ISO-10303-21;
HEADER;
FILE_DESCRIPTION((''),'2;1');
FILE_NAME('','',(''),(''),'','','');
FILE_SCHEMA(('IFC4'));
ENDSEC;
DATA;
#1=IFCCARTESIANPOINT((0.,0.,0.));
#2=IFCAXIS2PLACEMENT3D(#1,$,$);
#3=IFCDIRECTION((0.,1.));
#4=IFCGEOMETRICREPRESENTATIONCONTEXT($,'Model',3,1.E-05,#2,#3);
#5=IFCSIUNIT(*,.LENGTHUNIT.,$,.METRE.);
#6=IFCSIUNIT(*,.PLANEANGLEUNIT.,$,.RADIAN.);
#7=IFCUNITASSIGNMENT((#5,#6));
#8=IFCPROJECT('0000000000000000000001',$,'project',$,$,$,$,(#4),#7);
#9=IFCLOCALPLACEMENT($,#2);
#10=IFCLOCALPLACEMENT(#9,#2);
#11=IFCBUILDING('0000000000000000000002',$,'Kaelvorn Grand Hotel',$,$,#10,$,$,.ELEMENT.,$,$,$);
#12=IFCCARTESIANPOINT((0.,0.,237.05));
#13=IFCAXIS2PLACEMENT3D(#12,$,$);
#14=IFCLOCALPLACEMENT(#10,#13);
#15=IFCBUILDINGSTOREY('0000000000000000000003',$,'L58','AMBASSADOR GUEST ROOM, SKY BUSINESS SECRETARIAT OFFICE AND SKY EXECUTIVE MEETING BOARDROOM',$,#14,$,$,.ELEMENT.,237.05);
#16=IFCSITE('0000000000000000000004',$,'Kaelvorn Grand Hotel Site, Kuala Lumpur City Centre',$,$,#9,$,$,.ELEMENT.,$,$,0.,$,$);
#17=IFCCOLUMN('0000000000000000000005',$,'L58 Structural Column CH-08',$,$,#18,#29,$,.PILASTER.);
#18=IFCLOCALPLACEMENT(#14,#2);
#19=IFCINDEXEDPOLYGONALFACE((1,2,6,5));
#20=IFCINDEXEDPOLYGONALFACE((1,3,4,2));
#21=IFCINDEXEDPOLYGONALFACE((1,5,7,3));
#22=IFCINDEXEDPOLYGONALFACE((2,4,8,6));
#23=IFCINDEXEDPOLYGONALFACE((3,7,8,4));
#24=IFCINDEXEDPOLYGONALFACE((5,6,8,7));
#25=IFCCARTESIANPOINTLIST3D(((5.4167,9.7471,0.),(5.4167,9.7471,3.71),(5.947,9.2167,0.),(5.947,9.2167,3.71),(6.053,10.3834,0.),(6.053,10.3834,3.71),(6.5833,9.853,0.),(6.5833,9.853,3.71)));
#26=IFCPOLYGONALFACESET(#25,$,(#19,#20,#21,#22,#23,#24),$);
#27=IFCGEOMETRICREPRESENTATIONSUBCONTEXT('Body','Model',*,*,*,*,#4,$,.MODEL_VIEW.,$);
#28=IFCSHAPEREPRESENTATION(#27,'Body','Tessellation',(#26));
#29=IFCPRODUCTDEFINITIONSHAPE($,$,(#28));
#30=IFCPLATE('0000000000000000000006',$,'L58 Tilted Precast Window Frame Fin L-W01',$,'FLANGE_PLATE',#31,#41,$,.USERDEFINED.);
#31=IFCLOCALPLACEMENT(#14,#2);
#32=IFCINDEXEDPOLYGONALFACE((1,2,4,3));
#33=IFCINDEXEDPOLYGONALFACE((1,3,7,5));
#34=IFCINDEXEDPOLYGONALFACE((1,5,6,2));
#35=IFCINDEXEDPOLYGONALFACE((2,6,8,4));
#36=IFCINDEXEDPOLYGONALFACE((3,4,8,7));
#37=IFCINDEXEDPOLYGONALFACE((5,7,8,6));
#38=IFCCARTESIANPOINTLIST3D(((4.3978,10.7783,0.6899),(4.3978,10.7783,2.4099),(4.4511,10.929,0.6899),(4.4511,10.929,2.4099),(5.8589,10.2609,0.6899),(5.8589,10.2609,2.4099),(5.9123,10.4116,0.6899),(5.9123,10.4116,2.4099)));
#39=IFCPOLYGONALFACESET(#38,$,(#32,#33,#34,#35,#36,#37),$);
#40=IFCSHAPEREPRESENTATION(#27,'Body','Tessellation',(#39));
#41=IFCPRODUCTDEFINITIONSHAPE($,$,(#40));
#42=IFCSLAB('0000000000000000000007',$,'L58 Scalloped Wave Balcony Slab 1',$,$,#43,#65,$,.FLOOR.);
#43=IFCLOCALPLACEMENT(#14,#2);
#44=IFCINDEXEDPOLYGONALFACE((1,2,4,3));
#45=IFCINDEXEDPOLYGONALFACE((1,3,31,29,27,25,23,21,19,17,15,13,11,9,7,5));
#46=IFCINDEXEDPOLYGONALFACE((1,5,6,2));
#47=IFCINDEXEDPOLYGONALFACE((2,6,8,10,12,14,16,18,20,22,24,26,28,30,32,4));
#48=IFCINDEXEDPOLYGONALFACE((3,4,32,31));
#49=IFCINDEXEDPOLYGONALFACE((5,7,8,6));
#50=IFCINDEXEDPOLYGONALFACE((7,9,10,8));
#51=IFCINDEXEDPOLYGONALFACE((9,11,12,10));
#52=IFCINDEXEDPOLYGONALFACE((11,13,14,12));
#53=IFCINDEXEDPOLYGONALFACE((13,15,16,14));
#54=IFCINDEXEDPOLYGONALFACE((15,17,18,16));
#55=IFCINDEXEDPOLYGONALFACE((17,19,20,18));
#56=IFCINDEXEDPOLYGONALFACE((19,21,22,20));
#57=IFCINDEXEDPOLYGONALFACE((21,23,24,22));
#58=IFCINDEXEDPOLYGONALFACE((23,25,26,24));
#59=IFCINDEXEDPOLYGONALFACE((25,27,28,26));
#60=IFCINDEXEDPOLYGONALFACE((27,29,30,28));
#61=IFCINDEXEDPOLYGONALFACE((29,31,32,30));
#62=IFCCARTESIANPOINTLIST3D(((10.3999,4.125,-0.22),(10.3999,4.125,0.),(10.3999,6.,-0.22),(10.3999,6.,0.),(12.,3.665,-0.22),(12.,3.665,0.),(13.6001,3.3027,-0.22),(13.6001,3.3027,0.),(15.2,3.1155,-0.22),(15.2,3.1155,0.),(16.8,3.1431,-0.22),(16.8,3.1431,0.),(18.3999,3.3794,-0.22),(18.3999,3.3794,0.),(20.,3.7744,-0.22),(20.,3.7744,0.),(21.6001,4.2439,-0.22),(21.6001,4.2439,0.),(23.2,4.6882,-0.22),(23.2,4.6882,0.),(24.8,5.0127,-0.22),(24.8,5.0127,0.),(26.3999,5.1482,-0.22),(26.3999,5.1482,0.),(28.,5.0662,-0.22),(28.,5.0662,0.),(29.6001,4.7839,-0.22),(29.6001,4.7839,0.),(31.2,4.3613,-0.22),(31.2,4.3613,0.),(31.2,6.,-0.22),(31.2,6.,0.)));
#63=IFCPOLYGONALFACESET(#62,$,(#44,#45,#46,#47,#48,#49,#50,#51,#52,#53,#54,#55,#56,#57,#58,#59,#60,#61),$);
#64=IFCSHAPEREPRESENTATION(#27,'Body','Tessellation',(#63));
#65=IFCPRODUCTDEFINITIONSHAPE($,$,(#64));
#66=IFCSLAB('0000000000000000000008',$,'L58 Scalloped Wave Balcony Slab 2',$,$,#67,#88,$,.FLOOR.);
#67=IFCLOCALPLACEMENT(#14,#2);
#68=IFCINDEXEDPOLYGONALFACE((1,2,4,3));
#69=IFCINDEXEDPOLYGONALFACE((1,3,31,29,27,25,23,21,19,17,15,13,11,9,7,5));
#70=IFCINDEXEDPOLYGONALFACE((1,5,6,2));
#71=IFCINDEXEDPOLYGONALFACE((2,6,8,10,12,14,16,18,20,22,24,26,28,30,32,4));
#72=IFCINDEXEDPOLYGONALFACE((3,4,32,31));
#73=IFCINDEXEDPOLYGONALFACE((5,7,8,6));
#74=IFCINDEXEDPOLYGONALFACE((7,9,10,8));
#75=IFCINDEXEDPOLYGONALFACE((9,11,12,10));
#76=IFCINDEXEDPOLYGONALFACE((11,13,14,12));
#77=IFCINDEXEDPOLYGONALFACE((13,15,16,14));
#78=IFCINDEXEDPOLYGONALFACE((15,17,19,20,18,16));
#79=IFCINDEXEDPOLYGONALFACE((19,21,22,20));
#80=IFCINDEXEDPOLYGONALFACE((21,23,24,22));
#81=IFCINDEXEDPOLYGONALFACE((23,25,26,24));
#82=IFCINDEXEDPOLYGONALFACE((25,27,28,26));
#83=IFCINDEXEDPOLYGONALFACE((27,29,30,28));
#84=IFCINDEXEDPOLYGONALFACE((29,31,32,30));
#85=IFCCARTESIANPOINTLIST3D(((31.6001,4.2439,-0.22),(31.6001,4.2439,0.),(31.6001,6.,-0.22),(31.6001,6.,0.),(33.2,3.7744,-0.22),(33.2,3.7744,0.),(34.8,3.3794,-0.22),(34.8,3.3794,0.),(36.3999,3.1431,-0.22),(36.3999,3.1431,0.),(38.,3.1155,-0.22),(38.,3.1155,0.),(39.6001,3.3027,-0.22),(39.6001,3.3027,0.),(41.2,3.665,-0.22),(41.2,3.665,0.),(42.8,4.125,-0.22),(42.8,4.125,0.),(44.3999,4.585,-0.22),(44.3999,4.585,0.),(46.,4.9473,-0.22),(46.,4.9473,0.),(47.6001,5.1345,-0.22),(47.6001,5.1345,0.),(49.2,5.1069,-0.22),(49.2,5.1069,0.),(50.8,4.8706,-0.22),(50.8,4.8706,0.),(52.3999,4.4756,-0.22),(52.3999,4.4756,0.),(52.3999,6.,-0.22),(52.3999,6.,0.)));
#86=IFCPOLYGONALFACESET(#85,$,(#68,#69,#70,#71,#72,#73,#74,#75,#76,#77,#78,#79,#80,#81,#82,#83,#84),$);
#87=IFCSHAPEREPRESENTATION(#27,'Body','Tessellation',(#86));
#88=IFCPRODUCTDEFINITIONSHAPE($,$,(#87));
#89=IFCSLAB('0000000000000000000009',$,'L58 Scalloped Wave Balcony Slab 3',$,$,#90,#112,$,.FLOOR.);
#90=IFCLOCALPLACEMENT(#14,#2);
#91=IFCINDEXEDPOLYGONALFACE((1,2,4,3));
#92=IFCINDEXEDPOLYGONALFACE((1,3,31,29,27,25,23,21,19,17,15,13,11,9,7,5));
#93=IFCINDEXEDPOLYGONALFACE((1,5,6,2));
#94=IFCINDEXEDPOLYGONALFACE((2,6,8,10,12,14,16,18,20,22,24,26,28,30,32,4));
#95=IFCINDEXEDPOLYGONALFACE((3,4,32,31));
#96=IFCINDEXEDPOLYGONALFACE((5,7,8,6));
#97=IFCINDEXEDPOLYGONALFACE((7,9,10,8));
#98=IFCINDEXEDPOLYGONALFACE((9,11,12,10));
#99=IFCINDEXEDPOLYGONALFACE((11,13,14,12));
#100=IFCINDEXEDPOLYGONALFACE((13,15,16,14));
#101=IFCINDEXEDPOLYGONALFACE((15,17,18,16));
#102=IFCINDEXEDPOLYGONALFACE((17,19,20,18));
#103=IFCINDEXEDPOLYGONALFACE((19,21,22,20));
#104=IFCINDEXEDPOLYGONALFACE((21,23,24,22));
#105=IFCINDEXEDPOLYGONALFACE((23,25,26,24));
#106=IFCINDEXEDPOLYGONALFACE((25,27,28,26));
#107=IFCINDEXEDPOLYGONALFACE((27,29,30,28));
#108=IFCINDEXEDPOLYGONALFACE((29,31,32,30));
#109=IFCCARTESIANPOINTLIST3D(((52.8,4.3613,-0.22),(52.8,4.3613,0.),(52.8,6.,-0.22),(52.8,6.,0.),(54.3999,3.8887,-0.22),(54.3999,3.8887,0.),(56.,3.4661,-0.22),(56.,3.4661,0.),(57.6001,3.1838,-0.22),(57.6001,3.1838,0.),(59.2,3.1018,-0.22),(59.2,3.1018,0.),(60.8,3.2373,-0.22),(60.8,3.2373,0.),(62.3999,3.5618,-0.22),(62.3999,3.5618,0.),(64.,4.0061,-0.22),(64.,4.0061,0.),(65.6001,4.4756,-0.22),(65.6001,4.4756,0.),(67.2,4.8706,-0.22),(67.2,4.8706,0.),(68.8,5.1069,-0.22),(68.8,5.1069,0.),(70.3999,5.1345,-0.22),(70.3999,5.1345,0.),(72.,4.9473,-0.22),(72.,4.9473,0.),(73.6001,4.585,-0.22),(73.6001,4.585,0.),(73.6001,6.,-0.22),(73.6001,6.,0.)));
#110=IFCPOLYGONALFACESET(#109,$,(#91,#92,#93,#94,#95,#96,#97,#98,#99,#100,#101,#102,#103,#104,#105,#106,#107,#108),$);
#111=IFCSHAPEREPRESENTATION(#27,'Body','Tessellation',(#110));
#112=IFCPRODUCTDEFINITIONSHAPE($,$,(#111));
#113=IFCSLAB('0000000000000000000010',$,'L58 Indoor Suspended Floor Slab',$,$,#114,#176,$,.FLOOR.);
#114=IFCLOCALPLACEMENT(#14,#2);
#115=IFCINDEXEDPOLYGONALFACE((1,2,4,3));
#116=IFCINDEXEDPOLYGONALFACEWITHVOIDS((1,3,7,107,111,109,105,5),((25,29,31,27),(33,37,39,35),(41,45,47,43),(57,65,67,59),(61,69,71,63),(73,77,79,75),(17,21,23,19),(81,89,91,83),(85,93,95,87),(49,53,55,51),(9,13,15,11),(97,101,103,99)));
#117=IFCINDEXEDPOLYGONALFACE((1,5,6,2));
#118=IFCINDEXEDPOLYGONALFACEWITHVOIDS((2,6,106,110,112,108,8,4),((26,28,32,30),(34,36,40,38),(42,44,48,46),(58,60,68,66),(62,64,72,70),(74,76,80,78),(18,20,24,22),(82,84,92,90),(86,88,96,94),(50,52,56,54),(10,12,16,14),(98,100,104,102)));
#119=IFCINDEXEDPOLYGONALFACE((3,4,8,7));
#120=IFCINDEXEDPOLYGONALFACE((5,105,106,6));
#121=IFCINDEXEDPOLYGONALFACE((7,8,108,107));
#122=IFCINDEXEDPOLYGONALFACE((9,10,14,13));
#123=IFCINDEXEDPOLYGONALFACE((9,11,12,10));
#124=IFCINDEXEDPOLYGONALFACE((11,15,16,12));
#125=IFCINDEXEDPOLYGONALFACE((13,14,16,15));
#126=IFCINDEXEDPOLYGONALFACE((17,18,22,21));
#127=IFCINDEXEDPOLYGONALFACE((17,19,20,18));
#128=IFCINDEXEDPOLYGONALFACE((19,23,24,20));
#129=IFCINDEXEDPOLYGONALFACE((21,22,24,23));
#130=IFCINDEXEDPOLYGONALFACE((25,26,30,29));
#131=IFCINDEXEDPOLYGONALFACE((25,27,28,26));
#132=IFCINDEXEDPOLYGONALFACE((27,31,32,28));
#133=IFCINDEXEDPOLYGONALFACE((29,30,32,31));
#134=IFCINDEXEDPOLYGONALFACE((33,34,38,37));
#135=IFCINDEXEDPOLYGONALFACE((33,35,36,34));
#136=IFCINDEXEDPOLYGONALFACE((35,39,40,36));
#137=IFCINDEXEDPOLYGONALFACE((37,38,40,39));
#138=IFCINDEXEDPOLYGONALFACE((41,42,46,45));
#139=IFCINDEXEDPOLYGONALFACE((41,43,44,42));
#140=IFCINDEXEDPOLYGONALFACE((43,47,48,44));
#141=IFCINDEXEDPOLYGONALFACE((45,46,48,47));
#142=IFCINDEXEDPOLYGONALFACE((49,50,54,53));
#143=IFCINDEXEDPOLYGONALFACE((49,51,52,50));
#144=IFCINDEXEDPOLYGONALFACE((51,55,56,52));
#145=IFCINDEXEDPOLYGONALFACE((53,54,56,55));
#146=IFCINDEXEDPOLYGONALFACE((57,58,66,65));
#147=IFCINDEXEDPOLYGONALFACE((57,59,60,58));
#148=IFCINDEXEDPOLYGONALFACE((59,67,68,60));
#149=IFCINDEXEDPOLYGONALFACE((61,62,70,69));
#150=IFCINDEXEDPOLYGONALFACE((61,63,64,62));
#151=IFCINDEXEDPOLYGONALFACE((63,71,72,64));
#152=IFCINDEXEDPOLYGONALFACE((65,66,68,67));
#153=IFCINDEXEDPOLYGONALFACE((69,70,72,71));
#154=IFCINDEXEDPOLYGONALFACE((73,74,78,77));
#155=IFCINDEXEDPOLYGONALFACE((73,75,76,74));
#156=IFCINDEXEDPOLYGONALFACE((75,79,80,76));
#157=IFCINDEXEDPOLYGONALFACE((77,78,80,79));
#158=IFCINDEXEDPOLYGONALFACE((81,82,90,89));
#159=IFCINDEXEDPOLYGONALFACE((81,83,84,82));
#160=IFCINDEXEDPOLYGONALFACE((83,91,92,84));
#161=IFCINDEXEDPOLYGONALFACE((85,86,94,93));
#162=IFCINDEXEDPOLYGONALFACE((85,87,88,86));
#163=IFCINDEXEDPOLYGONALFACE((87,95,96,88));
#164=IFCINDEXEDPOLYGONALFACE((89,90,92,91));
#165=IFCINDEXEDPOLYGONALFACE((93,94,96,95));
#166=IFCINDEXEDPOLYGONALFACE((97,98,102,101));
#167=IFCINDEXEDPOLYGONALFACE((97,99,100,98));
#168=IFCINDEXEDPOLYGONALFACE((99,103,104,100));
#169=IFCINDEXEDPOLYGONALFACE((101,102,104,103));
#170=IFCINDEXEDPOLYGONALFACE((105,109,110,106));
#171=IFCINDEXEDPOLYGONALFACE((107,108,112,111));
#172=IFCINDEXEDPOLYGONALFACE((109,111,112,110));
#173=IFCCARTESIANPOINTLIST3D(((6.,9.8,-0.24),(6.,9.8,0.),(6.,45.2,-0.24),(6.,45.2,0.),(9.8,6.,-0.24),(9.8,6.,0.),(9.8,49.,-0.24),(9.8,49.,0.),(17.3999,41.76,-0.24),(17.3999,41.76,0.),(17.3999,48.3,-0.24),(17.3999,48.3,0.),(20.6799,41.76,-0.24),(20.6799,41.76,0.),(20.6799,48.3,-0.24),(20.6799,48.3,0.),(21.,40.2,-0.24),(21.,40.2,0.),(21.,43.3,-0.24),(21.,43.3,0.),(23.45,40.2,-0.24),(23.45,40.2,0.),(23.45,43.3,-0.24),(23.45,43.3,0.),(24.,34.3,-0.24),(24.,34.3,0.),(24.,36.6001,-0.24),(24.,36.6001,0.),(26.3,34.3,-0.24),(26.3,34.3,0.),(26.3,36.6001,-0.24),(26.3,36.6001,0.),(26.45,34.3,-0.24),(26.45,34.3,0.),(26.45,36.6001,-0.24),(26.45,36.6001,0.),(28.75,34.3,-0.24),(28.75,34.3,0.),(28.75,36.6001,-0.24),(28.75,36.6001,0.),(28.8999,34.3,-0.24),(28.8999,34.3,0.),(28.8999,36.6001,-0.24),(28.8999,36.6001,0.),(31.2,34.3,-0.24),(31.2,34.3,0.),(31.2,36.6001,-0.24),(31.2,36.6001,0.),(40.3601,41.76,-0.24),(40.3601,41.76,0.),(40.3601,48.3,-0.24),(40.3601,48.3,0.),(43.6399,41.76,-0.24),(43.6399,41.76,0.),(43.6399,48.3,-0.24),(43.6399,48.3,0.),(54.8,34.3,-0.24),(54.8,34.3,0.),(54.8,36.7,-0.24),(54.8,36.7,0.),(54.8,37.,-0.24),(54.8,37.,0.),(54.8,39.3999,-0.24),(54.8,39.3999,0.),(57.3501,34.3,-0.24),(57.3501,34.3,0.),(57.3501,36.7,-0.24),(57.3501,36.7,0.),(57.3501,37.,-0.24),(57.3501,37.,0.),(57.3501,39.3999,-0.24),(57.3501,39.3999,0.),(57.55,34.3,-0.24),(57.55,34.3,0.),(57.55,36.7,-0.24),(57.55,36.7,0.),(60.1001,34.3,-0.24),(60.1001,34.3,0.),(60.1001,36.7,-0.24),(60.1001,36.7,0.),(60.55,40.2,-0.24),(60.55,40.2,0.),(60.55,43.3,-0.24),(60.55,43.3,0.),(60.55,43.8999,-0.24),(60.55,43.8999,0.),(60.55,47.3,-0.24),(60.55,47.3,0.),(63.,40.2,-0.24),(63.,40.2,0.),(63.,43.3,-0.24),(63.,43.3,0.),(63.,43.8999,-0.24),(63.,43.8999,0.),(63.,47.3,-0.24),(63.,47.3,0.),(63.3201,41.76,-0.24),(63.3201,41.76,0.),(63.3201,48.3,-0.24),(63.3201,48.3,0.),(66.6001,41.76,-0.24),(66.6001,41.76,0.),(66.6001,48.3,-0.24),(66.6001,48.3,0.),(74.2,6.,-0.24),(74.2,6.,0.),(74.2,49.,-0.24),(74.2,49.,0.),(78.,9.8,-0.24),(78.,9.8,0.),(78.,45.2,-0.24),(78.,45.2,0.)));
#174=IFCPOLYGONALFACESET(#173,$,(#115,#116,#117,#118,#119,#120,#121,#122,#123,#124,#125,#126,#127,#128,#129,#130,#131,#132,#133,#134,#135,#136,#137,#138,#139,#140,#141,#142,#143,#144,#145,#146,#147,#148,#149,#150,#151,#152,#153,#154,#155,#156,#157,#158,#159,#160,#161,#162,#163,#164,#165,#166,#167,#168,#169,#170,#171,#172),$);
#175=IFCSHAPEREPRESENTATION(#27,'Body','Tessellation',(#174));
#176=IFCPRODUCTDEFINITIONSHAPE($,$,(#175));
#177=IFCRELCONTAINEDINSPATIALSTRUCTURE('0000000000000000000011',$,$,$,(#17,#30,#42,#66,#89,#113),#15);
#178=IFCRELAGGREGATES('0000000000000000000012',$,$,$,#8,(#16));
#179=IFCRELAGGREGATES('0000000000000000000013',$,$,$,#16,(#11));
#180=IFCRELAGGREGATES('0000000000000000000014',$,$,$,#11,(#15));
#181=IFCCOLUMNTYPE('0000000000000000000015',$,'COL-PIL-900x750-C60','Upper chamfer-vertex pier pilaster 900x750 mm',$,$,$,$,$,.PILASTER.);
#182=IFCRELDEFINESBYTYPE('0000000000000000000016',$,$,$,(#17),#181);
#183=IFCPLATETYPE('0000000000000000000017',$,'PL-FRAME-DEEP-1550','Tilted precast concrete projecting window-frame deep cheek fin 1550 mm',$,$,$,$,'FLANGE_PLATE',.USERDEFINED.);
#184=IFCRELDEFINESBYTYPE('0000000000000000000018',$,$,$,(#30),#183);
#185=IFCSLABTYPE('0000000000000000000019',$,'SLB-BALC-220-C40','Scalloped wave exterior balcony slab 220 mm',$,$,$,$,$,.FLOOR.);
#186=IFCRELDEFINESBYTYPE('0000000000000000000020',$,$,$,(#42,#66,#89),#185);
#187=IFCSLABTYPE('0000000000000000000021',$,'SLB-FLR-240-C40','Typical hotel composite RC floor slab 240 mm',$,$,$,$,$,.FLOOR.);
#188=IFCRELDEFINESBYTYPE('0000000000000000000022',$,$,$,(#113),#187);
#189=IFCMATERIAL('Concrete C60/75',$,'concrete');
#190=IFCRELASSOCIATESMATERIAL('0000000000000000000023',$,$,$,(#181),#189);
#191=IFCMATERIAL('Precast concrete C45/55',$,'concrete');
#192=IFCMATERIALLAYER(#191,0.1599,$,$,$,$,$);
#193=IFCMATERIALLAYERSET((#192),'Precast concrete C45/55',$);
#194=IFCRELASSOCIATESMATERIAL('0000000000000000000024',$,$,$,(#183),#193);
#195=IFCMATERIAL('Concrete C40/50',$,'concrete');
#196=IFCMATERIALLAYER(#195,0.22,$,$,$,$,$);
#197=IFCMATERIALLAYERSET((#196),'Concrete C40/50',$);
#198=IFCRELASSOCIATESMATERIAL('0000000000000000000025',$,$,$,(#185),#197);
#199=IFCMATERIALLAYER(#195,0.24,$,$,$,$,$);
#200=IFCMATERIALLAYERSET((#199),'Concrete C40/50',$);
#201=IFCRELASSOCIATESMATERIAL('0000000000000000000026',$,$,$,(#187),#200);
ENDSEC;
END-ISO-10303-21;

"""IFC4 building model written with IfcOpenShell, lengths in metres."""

from ifc_helpers import new_model, si_unit, direction, frame, origin, origin_2d, place, context, subcontext, project, spatial, polyline, rectangle, outline, extrude, material, layer, layer_set, material_profile, profile_set, type_object, element, save


model = new_model("IFC4")

# Units and contexts
model_context = context("Model", 3, precision=1e-05, world=origin(), true_north=direction((0.0, 1.0)))
body_context = subcontext(model_context, "Body", "Model", "MODEL_VIEW")
ifc_project = project(units=[si_unit("LENGTHUNIT", "METRE"), si_unit("PLANEANGLEUNIT", "RADIAN")], contexts=[model_context])

# Site, building, storey
site_placement = place(None, origin())
site = spatial("IfcSite", under=ifc_project, at=site_placement, Name="Kaelvorn Grand Hotel Site, Kuala Lumpur City Centre", CompositionType="ELEMENT", RefElevation=0.0)
building_placement = place(site_placement, origin())
building = spatial("IfcBuilding", under=site, at=building_placement, Name="Kaelvorn Grand Hotel", CompositionType="ELEMENT")
storey_placement = place(building_placement, frame((0.0, 0.0, 237.05)))
storey = spatial("IfcBuildingStorey", under=building, at=storey_placement, Name="L58", Description="AMBASSADOR GUEST ROOM, SKY BUSINESS SECRETARIAT OFFICE AND SKY EXECUTIVE MEETING BOARDROOM", CompositionType="ELEMENT", Elevation=237.05)

# Column
ifc_material_1 = material(Name="Concrete C60/75", Category="concrete")
ifc_material_profile = material_profile(ifc_material_1, rectangle(XDim=0.8999, YDim=0.75, at=origin_2d()), Name="RC PILASTER 900x750")
ifc_profile_set = profile_set([ifc_material_profile], Name="Concrete C60/75")
column_type = type_object("IfcColumnType", Name="COL-PIL-900x750-C60", Description="Upper chamfer-vertex pier pilaster 900x750 mm", PredefinedType="PILASTER", material=ifc_profile_set)
column_placement = place(storey_placement, frame((6.0, 9.8, 0.0), z_axis=(0.0, 0.0, 1.0), x_axis=(0.707107, 0.707107, 0.0)))
element("IfcColumn", 1, at=column_placement, inside=storey, type_object=column_type, Name="L58 Structural Column CH-08", PredefinedType="PILASTER", context=body_context, shape_type="SweptSolid", body=[
    extrude(rectangle(XDim=0.8999, YDim=0.75, at=origin_2d()), origin(), (0.0, 0.0, 1.0), 3.71),
])

# Plate
ifc_material_2 = material(Name="Precast concrete C45/55", Category="concrete")
ifc_layer_1 = layer(ifc_material_2, 0.1599)
ifc_layer_set_1 = layer_set([ifc_layer_1], Name="Precast concrete C45/55")
plate_type = type_object("IfcPlateType", Name="PL-FRAME-DEEP-1550", Description="Tilted precast concrete projecting window-frame deep cheek fin 1550 mm", ElementType="FLANGE_PLATE", PredefinedType="USERDEFINED", material=ifc_layer_set_1)
plate_placement = place(storey_placement, frame((5.155, 10.595, 0.6899), z_axis=(0.0, 0.0, 1.0), x_axis=(0.333807, 0.942641, 0.0)))
element("IfcPlate", 2, at=plate_placement, inside=storey, type_object=plate_type, Name="L58 Tilted Precast Window Frame Fin L-W01", ObjectType="FLANGE_PLATE", PredefinedType="USERDEFINED", context=body_context, shape_type="SweptSolid", body=[
    extrude(rectangle(XDim=0.1599, YDim=1.55, at=origin_2d()), origin(), (0.0, 0.0, 1.0), 1.72),
])

# Slabs
ifc_material_3 = material(Name="Concrete C40/50", Category="concrete")
ifc_layer_2 = layer(ifc_material_3, 0.22)
ifc_layer_set_2 = layer_set([ifc_layer_2], Name="Concrete C40/50")
slab_type_1 = type_object("IfcSlabType", Name="SLB-BALC-220-C40", Description="Scalloped wave exterior balcony slab 220 mm", PredefinedType="FLOOR", material=ifc_layer_set_2)
slab_1_placement = place(storey_placement, frame((0.0, 0.0, -0.22)))
element("IfcSlab", 3, at=slab_1_placement, inside=storey, type_object=slab_type_1, Name="L58 Scalloped Wave Balcony Slab 1", PredefinedType="FLOOR", context=body_context, shape_type="SweptSolid", body=[
    extrude(outline(polyline([(10.3999, 4.125), (12.0, 3.665), (13.6001, 3.3027), (15.2, 3.1155), (16.8, 3.1431), (18.3999, 3.3794), (20.0, 3.7744), (21.6001, 4.2439), (23.2, 4.6882), (24.8, 5.0127), (26.3999, 5.1482), (28.0, 5.0662), (29.6001, 4.7839), (31.2, 4.3613), (31.2, 6.0), (10.3999, 6.0), (10.3999, 4.125)])), origin(), (0.0, 0.0, 1.0), 0.22),
])
slab_2_placement = place(storey_placement, frame((0.0, 0.0, -0.22)))
element("IfcSlab", 4, at=slab_2_placement, inside=storey, type_object=slab_type_1, Name="L58 Scalloped Wave Balcony Slab 2", PredefinedType="FLOOR", context=body_context, shape_type="SweptSolid", body=[
    extrude(outline(polyline([(31.6001, 4.2439), (33.2, 3.7744), (34.8, 3.3794), (36.3999, 3.1431), (38.0, 3.1155), (39.6001, 3.3027), (41.2, 3.665), (42.8, 4.125), (44.3999, 4.585), (46.0, 4.9473), (47.6001, 5.1345), (49.2, 5.1069), (50.8, 4.8706), (52.3999, 4.4756), (52.3999, 6.0), (31.6001, 6.0), (31.6001, 4.2439)])), origin(), (0.0, 0.0, 1.0), 0.22),
])
slab_3_placement = place(storey_placement, frame((0.0, 0.0, -0.22)))
element("IfcSlab", 5, at=slab_3_placement, inside=storey, type_object=slab_type_1, Name="L58 Scalloped Wave Balcony Slab 3", PredefinedType="FLOOR", context=body_context, shape_type="SweptSolid", body=[
    extrude(outline(polyline([(52.8, 4.3613), (54.3999, 3.8887), (56.0, 3.4661), (57.6001, 3.1838), (59.2, 3.1018), (60.8, 3.2373), (62.3999, 3.5618), (64.0, 4.0061), (65.6001, 4.4756), (67.2, 4.8706), (68.8, 5.1069), (70.3999, 5.1345), (72.0, 4.9473), (73.6001, 4.585), (73.6001, 6.0), (52.8, 6.0), (52.8, 4.3613)])), origin(), (0.0, 0.0, 1.0), 0.22),
])
ifc_layer_3 = layer(ifc_material_3, 0.24)
ifc_layer_set_3 = layer_set([ifc_layer_3], Name="Concrete C40/50")
slab_type_2 = type_object("IfcSlabType", Name="SLB-FLR-240-C40", Description="Typical hotel composite RC floor slab 240 mm", PredefinedType="FLOOR", material=ifc_layer_set_3)
slab_4_placement = place(storey_placement, frame((0.0, 0.0, -0.24)))
element("IfcSlab", 6, at=slab_4_placement, inside=storey, type_object=slab_type_2, Name="L58 Indoor Suspended Floor Slab", PredefinedType="FLOOR", context=body_context, shape_type="SweptSolid", body=[
    extrude(outline(polyline([(9.8, 6.0), (74.2, 6.0), (78.0, 9.8), (78.0, 45.2), (74.2, 49.0), (9.8, 49.0), (6.0, 45.2), (6.0, 9.8), (9.8, 6.0)]), holes=[polyline([(17.3999, 41.76), (17.3999, 48.3), (20.6799, 48.3), (20.6799, 41.76), (17.3999, 41.76)]), polyline([(40.3601, 41.76), (40.3601, 48.3), (43.6399, 48.3), (43.6399, 41.76), (40.3601, 41.76)]), polyline([(63.3201, 41.76), (63.3201, 48.3), (66.6001, 48.3), (66.6001, 41.76), (63.3201, 41.76)]), polyline([(24.0, 34.3), (24.0, 36.6001), (26.3, 36.6001), (26.3, 34.3), (24.0, 34.3)]), polyline([(26.45, 34.3), (26.45, 36.6001), (28.75, 36.6001), (28.75, 34.3), (26.45, 34.3)]), polyline([(28.8999, 34.3), (28.8999, 36.6001), (31.2, 36.6001), (31.2, 34.3), (28.8999, 34.3)]), polyline([(54.8, 34.3), (54.8, 36.7), (57.3501, 36.7), (57.3501, 34.3), (54.8, 34.3)]), polyline([(57.55, 34.3), (57.55, 36.7), (60.1001, 36.7), (60.1001, 34.3), (57.55, 34.3)]), polyline([(54.8, 37.0), (54.8, 39.3999), (57.3501, 39.3999), (57.3501, 37.0), (54.8, 37.0)]), polyline([(21.0, 40.2), (21.0, 43.3), (23.45, 43.3), (23.45, 40.2), (21.0, 40.2)]), polyline([(60.55, 40.2), (60.55, 43.3), (63.0, 43.3), (63.0, 40.2), (60.55, 40.2)]), polyline([(60.55, 43.8999), (60.55, 47.3), (63.0, 47.3), (63.0, 43.8999), (60.55, 43.8999)])]), origin(), (0.0, 0.0, 1.0), 0.24),
])

save(model, "model.ifc")
